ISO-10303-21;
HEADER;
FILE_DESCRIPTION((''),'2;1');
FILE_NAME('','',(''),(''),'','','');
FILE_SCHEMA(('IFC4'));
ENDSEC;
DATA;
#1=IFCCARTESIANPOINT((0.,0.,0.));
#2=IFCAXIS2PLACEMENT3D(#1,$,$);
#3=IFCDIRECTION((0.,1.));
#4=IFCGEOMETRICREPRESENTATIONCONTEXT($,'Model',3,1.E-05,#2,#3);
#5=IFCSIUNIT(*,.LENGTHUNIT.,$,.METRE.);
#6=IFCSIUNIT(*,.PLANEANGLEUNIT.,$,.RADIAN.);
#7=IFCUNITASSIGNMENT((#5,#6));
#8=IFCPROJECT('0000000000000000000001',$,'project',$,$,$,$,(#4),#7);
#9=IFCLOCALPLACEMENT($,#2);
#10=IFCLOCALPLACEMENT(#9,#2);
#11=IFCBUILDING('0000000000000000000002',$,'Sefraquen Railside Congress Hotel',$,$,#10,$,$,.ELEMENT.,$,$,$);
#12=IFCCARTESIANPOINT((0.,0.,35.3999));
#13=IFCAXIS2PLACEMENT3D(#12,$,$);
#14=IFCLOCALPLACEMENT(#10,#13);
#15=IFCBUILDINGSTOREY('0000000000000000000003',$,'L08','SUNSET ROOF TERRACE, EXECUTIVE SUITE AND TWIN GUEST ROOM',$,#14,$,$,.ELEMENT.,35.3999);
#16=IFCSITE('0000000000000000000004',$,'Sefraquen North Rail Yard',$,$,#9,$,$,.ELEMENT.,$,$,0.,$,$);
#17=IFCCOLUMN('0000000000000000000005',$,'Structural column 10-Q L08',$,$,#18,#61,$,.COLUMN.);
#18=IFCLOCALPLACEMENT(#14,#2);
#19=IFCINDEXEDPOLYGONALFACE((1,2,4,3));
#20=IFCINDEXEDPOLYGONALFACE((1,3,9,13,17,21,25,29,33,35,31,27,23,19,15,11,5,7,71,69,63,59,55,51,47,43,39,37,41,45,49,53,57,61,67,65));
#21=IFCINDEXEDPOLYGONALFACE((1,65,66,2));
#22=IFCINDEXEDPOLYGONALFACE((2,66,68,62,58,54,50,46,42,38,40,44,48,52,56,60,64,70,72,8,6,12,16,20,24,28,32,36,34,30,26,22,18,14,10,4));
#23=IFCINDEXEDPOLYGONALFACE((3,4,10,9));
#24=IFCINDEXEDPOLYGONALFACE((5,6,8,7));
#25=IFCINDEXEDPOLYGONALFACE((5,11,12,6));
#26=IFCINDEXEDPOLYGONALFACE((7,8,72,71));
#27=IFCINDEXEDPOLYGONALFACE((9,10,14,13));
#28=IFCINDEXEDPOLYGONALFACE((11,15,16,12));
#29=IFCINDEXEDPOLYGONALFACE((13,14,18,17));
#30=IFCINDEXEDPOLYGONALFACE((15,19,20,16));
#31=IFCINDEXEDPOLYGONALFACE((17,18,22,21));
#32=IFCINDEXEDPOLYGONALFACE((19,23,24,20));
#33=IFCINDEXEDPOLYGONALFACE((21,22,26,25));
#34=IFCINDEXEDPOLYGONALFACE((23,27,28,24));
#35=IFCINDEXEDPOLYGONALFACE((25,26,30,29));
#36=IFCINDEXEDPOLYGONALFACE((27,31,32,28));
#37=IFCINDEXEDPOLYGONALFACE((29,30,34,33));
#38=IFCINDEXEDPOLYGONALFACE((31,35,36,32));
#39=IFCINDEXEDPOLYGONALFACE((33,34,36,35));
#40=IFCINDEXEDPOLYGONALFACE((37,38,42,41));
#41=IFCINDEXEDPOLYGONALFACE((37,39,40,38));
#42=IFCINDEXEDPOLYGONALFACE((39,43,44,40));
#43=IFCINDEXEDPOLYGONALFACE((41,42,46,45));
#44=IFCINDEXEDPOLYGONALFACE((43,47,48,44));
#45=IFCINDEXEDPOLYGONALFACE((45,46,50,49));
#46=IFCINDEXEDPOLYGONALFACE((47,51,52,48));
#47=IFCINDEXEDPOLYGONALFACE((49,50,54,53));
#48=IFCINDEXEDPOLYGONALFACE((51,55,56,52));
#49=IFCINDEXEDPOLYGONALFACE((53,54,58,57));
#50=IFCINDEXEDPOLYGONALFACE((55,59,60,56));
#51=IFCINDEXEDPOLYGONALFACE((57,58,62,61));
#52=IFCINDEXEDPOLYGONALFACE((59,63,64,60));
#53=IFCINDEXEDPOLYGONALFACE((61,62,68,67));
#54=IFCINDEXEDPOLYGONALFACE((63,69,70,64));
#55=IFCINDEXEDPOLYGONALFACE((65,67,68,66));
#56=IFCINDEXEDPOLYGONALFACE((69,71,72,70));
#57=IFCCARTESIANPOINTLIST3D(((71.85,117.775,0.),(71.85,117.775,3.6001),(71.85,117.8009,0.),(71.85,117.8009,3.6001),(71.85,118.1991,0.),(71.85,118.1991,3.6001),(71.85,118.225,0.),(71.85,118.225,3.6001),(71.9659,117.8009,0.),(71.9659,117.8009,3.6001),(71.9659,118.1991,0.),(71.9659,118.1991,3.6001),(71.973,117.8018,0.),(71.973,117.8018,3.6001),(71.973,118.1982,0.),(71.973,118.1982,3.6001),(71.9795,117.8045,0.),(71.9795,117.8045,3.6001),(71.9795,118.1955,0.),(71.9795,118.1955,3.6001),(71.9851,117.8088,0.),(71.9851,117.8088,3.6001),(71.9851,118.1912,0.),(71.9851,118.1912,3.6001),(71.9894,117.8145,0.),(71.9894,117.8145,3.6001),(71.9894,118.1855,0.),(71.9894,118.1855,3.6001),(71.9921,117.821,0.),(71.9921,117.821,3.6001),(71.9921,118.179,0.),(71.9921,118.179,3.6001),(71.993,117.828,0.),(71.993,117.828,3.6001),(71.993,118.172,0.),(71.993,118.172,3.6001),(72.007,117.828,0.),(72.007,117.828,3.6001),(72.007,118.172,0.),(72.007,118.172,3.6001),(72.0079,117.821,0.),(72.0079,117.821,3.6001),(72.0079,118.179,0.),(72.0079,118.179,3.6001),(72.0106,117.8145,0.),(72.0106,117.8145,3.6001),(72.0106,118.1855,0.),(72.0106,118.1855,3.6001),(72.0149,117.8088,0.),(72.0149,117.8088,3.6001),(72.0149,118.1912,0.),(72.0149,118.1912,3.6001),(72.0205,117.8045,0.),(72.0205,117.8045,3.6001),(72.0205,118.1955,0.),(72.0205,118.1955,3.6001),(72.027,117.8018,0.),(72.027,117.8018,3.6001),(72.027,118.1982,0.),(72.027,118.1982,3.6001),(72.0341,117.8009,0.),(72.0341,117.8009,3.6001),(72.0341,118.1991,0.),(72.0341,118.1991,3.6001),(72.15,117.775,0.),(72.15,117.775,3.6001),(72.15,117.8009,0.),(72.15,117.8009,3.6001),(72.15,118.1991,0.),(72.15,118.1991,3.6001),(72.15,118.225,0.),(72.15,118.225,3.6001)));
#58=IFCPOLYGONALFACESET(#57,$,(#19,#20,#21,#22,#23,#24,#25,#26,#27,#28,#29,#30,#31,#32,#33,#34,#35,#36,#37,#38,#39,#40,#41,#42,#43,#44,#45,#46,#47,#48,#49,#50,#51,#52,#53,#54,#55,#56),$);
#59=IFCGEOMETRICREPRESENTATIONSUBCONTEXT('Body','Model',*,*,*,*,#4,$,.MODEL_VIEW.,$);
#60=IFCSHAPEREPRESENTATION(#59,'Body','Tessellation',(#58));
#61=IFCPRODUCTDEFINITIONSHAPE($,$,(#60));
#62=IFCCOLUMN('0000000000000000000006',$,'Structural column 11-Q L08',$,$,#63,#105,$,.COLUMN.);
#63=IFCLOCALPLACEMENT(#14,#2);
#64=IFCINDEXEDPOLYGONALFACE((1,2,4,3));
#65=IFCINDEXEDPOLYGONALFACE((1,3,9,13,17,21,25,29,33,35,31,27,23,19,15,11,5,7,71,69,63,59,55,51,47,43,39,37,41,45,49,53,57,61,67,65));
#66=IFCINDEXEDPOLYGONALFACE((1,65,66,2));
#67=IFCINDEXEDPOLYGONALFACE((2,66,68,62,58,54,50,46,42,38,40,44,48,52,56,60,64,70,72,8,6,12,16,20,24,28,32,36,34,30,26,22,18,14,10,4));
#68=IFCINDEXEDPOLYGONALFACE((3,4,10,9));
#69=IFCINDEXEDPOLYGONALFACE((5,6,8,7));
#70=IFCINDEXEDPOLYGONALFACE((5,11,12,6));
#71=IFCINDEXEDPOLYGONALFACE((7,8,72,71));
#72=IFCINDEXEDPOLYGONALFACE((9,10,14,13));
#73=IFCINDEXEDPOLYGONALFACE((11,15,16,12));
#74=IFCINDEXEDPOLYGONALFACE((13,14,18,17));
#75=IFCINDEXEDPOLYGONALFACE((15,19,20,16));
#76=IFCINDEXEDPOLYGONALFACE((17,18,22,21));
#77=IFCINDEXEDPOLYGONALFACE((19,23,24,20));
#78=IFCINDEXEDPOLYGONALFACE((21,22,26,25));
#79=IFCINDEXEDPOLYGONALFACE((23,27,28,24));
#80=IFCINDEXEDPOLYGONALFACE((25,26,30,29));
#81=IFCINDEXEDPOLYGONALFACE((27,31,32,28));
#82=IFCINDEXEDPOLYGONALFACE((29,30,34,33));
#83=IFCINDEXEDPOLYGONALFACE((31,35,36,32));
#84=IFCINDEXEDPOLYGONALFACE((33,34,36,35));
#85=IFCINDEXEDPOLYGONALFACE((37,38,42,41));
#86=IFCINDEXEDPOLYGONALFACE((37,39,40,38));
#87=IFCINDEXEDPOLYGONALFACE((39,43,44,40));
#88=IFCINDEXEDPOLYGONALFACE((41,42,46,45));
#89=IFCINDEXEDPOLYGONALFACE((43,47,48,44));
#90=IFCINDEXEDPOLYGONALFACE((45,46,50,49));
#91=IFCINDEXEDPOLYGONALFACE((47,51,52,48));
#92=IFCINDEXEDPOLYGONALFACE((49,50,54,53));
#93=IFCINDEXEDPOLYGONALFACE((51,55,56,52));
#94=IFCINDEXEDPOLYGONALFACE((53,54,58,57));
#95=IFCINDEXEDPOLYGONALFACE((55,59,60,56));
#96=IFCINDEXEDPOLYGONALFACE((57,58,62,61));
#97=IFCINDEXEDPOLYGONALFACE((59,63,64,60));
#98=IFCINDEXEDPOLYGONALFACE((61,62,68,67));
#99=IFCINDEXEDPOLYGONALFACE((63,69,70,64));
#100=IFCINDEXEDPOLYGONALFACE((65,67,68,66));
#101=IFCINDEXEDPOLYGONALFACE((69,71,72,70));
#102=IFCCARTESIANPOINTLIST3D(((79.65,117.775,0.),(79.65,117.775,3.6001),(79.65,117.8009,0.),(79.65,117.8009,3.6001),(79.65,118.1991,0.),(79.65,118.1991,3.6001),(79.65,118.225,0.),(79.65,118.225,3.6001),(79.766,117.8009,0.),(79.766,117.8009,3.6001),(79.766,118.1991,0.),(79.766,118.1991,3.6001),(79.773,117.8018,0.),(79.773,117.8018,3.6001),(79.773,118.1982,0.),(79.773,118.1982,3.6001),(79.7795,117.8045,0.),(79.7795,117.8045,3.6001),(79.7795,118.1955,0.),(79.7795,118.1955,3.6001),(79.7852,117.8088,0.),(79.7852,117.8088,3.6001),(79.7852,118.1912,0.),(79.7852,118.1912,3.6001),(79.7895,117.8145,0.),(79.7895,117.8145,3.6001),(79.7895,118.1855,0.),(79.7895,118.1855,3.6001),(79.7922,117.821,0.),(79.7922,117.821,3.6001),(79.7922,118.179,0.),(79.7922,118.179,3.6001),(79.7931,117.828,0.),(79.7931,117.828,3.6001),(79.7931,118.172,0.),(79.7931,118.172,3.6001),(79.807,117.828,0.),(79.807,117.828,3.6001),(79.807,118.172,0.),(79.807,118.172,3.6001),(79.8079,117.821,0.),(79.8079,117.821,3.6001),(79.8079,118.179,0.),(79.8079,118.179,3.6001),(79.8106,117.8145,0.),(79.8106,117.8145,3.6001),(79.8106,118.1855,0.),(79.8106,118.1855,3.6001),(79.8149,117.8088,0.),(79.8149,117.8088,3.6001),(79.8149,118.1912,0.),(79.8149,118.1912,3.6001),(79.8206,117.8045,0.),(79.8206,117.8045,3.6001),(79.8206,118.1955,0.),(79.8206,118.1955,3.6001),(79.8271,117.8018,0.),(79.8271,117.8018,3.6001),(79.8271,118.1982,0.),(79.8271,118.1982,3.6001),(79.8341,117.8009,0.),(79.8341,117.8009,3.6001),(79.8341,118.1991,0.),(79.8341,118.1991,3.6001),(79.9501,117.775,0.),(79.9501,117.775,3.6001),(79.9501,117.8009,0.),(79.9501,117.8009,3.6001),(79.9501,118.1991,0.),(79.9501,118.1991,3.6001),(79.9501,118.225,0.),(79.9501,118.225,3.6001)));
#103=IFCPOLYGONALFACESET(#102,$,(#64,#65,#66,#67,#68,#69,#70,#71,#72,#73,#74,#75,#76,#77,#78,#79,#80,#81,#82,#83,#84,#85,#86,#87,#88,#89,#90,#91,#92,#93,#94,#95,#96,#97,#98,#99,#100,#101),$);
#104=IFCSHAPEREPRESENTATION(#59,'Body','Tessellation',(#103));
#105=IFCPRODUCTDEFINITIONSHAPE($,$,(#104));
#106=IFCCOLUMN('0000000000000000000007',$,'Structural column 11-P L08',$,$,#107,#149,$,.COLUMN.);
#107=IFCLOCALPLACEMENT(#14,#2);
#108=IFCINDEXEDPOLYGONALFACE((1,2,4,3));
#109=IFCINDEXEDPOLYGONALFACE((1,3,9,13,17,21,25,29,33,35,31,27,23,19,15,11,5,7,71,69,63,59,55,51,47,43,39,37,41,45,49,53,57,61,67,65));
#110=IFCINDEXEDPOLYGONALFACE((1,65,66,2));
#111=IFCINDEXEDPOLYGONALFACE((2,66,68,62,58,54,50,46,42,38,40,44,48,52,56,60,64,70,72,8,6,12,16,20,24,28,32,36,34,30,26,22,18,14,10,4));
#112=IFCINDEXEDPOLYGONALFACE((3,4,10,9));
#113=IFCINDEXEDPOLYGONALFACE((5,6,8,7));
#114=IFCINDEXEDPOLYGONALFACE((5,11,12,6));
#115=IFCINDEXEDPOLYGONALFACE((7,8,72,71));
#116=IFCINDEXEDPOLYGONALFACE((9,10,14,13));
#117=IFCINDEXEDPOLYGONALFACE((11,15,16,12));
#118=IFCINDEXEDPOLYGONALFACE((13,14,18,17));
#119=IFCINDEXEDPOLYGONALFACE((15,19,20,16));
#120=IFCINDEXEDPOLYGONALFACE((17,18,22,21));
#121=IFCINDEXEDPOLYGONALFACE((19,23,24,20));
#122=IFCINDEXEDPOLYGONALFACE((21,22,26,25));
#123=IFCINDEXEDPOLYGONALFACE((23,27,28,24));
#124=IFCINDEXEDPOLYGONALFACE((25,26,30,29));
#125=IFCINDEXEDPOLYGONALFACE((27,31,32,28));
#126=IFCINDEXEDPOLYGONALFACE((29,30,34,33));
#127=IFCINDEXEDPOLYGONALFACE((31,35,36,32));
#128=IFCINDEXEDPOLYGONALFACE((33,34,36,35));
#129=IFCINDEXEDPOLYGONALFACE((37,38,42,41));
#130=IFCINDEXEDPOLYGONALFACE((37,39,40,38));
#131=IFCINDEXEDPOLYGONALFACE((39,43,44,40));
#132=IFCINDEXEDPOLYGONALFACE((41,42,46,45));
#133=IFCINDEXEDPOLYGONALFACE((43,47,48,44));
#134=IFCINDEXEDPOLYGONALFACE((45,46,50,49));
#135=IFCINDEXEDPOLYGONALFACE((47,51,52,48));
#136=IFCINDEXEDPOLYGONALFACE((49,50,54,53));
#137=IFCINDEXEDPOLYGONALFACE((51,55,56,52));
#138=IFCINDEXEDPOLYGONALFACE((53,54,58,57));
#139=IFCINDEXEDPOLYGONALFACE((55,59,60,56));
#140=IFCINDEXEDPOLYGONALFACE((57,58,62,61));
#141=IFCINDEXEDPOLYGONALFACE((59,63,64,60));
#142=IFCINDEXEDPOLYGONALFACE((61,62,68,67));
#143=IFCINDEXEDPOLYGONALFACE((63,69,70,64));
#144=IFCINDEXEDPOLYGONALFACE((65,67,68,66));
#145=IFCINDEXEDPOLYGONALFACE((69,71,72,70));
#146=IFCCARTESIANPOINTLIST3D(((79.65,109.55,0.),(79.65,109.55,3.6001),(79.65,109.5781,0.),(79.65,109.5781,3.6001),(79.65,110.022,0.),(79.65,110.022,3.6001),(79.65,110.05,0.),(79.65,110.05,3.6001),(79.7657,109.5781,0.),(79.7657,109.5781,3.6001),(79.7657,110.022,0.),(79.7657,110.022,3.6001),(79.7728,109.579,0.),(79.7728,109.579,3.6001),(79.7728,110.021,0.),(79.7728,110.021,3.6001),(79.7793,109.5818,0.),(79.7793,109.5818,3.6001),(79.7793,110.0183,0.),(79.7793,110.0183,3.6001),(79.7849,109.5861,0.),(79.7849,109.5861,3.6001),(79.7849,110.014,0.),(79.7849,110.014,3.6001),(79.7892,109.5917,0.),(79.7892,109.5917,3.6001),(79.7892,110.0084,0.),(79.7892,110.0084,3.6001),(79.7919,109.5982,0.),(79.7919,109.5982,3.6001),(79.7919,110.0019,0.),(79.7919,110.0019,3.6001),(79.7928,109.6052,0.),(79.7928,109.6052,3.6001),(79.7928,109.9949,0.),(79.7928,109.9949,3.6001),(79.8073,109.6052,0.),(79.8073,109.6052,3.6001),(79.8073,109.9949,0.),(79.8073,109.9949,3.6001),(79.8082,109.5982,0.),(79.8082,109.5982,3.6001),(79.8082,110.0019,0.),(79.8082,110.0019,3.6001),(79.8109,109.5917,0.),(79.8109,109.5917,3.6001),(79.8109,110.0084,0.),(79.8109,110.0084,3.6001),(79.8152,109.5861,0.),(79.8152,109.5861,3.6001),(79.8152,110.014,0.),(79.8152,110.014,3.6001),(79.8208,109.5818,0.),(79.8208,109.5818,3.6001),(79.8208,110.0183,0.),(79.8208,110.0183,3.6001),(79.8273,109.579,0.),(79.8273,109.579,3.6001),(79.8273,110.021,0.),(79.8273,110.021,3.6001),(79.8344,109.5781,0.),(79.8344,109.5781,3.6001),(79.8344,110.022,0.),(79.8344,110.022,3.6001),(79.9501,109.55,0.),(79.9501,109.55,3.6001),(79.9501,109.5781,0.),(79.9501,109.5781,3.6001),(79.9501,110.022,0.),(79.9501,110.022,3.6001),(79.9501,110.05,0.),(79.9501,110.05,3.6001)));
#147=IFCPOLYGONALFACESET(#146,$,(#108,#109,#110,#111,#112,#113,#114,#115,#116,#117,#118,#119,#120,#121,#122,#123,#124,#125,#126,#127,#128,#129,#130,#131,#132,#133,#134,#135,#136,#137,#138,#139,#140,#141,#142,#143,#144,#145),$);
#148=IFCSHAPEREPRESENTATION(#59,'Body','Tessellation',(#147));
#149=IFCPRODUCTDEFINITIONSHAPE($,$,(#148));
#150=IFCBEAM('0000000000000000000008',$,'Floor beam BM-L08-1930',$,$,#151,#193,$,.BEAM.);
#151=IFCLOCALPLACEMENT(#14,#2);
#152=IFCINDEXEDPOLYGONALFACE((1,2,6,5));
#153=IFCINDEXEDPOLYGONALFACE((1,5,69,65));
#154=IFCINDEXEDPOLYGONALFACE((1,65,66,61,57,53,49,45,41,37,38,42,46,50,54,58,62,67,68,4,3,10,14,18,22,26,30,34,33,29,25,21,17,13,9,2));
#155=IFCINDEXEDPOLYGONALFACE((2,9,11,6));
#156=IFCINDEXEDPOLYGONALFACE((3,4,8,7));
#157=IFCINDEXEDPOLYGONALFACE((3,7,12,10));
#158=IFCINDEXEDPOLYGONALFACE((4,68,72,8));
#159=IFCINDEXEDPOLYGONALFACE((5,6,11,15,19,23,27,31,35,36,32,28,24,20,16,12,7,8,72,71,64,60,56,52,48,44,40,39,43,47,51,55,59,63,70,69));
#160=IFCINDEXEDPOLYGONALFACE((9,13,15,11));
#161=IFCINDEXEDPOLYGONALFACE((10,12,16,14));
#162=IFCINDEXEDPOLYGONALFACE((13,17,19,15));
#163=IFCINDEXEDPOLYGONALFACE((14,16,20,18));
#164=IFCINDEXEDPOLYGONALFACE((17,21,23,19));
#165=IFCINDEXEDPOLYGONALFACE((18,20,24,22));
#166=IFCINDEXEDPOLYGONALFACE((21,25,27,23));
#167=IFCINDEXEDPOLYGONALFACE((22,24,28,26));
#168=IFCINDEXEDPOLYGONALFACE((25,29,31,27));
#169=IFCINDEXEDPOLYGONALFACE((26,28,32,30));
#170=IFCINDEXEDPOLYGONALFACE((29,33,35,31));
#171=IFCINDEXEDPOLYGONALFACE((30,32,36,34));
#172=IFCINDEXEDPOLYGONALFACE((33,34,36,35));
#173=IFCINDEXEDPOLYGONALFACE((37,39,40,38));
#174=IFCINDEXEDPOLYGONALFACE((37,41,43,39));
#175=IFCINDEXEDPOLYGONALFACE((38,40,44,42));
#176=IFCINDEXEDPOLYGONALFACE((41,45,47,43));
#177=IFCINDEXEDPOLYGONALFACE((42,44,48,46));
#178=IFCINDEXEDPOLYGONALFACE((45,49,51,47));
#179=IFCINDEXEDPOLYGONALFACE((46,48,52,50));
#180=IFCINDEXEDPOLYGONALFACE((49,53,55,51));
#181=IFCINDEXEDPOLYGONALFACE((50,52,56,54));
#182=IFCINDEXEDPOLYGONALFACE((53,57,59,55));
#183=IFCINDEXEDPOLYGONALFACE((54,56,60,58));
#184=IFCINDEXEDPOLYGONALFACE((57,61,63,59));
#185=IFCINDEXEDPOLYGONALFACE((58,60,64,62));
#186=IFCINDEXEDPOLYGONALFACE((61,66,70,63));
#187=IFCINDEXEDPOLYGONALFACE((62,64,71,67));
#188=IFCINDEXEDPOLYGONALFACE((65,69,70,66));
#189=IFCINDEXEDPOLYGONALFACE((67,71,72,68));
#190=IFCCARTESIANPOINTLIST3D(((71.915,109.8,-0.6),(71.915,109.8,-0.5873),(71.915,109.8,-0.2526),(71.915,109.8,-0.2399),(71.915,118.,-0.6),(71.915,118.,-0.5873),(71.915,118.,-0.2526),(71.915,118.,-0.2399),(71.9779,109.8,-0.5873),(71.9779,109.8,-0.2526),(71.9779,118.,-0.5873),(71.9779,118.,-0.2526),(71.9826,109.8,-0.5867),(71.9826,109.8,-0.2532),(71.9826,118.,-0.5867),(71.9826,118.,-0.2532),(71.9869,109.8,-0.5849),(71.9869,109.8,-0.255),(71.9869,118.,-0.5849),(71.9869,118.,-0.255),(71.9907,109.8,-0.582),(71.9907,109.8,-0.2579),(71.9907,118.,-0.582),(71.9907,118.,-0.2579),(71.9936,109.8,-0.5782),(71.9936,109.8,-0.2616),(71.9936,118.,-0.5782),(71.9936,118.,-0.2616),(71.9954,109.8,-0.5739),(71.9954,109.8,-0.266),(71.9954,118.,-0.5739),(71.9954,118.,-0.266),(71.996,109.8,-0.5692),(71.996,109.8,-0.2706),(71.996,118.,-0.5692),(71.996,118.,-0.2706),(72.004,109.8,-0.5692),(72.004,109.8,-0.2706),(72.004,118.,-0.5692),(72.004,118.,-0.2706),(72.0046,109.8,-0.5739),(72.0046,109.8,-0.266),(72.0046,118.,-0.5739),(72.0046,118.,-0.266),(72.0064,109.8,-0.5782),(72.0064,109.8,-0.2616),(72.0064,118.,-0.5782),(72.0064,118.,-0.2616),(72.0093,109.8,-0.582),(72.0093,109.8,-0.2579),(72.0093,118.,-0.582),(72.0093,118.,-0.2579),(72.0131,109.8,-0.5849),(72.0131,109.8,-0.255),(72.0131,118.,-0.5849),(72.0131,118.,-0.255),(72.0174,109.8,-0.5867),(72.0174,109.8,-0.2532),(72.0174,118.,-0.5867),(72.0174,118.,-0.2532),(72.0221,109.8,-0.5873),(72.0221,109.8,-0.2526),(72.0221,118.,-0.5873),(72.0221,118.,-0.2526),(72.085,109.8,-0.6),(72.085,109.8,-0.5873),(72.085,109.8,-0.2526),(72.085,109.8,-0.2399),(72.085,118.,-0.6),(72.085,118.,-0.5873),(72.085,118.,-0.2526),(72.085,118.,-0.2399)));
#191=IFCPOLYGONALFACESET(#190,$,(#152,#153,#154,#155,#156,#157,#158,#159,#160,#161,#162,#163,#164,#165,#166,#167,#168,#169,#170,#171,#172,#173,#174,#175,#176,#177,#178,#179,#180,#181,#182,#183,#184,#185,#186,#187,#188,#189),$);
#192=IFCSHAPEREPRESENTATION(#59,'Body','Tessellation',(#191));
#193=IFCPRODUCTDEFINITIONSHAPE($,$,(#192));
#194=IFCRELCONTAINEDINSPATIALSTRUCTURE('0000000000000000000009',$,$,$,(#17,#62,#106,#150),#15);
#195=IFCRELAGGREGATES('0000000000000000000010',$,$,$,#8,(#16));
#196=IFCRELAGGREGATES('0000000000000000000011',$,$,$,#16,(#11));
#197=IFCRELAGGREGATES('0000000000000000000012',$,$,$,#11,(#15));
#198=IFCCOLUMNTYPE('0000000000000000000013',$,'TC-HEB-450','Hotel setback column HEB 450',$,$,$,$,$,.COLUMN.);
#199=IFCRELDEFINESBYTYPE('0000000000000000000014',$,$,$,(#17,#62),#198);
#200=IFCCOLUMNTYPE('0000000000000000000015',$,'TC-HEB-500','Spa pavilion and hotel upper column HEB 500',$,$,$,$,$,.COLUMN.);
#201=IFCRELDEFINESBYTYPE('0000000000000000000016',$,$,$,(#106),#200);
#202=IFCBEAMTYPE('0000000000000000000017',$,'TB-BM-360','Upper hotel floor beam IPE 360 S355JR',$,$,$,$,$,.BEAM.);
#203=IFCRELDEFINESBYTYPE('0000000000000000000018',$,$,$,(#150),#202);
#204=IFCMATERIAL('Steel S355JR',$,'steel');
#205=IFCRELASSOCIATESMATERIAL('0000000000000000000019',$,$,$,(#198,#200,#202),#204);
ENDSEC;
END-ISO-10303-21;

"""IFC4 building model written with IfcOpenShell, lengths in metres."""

from ifc_helpers import new_model, si_unit, direction, frame, origin, origin_2d, place, context, subcontext, project, spatial, i_section, extrude, material, material_profile, profile_set, type_object, element, save


model = new_model("IFC4")

# Units and contexts
model_context = context("Model", 3, precision=1e-05, world=origin(), true_north=direction((0.0, 1.0)))
body_context = subcontext(model_context, "Body", "Model", "MODEL_VIEW")
ifc_project = project(units=[si_unit("LENGTHUNIT", "METRE"), si_unit("PLANEANGLEUNIT", "RADIAN")], contexts=[model_context])

# Site, building, storey
site_placement = place(None, origin())
site = spatial("IfcSite", under=ifc_project, at=site_placement, Name="Sefraquen North Rail Yard", CompositionType="ELEMENT", RefElevation=0.0)
building_placement = place(site_placement, origin())
building = spatial("IfcBuilding", under=site, at=building_placement, Name="Sefraquen Railside Congress Hotel", CompositionType="ELEMENT")
storey_placement = place(building_placement, frame((0.0, 0.0, 35.3999)))
storey = spatial("IfcBuildingStorey", under=building, at=storey_placement, Name="L08", Description="SUNSET ROOF TERRACE, EXECUTIVE SUITE AND TWIN GUEST ROOM", CompositionType="ELEMENT", Elevation=35.3999)

# Columns
ifc_material_1 = material(Name="Steel S355JR", Category="steel")
ifc_material_profile_1 = material_profile(ifc_material_1, i_section(OverallWidth=0.3, OverallDepth=0.45, WebThickness=0.0139, FlangeThickness=0.0259, FilletRadius=0.0271, at=origin_2d()), Name="HEB 450")
ifc_profile_set_1 = profile_set([ifc_material_profile_1], Name="Steel S355JR")
column_type_1 = type_object("IfcColumnType", Name="TC-HEB-450", Description="Hotel setback column HEB 450", PredefinedType="COLUMN", material=ifc_profile_set_1)
for number, where, z_axis, x_axis, name in (
    (1, (72.0, 118.0, 0.0), (0.0, 0.0, 1.0), (1.0, 0.0, 0.0), "Structural column 10-Q L08"),
    (2, (79.8, 118.0, 0.0), (0.0, 0.0, 1.0), (1.0, 0.0, 0.0), "Structural column 11-Q L08"),
):
    element("IfcColumn", number, at=place(storey_placement, frame(where, z_axis=z_axis, x_axis=x_axis)), inside=storey, type_object=column_type_1, Name=name, PredefinedType="COLUMN", context=body_context, shape_type="SweptSolid", body=[
        extrude(i_section(OverallWidth=0.3, OverallDepth=0.45, WebThickness=0.0139, FlangeThickness=0.0259, FilletRadius=0.0271, at=origin_2d()), origin(), (0.0, 0.0, 1.0), 3.6001),
    ])
ifc_material_profile_2 = material_profile(ifc_material_1, i_section(OverallWidth=0.3, OverallDepth=0.5, WebThickness=0.0144, FlangeThickness=0.0281, FilletRadius=0.0271, at=origin_2d()), Name="HEB 500")
ifc_profile_set_2 = profile_set([ifc_material_profile_2], Name="Steel S355JR")
column_type_2 = type_object("IfcColumnType", Name="TC-HEB-500", Description="Spa pavilion and hotel upper column HEB 500", PredefinedType="COLUMN", material=ifc_profile_set_2)
column_placement = place(storey_placement, frame((79.8, 109.8, 0.0), z_axis=(0.0, 0.0, 1.0), x_axis=(1.0, 0.0, 0.0)))
element("IfcColumn", 3, at=column_placement, inside=storey, type_object=column_type_2, Name="Structural column 11-P L08", PredefinedType="COLUMN", context=body_context, shape_type="SweptSolid", body=[
    extrude(i_section(OverallWidth=0.3, OverallDepth=0.5, WebThickness=0.0144, FlangeThickness=0.0281, FilletRadius=0.0271, at=origin_2d()), origin(), (0.0, 0.0, 1.0), 3.6001),
])

# Beam
ifc_material_profile_3 = material_profile(ifc_material_1, i_section(OverallWidth=0.1699, OverallDepth=0.3601, WebThickness=0.0081, FlangeThickness=0.0127, FilletRadius=0.0181, at=origin_2d()), Name="IPE 360")
ifc_profile_set_3 = profile_set([ifc_material_profile_3], Name="Steel S355JR")
beam_type_1 = type_object("IfcBeamType", Name="TB-BM-360", Description="Upper hotel floor beam IPE 360 S355JR", PredefinedType="BEAM", material=ifc_profile_set_3)
for number, where, z_axis, x_axis, name in (
    (4, (72.0, 109.8, -0.4199), (0.0, 1.0, 0.0), (-1.0, 0.0, 0.0), "Floor beam BM-L08-1930"),
):
    element("IfcBeam", number, at=place(storey_placement, frame(where, z_axis=z_axis, x_axis=x_axis)), inside=storey, type_object=beam_type_1, Name=name, PredefinedType="BEAM", context=body_context, shape_type="SweptSolid", body=[
        extrude(i_section(OverallWidth=0.1699, OverallDepth=0.3601, WebThickness=0.0081, FlangeThickness=0.0127, FilletRadius=0.0181, at=origin_2d()), origin(), (0.0, 0.0, 1.0), 8.2),
    ])

save(model, "model.ifc")
